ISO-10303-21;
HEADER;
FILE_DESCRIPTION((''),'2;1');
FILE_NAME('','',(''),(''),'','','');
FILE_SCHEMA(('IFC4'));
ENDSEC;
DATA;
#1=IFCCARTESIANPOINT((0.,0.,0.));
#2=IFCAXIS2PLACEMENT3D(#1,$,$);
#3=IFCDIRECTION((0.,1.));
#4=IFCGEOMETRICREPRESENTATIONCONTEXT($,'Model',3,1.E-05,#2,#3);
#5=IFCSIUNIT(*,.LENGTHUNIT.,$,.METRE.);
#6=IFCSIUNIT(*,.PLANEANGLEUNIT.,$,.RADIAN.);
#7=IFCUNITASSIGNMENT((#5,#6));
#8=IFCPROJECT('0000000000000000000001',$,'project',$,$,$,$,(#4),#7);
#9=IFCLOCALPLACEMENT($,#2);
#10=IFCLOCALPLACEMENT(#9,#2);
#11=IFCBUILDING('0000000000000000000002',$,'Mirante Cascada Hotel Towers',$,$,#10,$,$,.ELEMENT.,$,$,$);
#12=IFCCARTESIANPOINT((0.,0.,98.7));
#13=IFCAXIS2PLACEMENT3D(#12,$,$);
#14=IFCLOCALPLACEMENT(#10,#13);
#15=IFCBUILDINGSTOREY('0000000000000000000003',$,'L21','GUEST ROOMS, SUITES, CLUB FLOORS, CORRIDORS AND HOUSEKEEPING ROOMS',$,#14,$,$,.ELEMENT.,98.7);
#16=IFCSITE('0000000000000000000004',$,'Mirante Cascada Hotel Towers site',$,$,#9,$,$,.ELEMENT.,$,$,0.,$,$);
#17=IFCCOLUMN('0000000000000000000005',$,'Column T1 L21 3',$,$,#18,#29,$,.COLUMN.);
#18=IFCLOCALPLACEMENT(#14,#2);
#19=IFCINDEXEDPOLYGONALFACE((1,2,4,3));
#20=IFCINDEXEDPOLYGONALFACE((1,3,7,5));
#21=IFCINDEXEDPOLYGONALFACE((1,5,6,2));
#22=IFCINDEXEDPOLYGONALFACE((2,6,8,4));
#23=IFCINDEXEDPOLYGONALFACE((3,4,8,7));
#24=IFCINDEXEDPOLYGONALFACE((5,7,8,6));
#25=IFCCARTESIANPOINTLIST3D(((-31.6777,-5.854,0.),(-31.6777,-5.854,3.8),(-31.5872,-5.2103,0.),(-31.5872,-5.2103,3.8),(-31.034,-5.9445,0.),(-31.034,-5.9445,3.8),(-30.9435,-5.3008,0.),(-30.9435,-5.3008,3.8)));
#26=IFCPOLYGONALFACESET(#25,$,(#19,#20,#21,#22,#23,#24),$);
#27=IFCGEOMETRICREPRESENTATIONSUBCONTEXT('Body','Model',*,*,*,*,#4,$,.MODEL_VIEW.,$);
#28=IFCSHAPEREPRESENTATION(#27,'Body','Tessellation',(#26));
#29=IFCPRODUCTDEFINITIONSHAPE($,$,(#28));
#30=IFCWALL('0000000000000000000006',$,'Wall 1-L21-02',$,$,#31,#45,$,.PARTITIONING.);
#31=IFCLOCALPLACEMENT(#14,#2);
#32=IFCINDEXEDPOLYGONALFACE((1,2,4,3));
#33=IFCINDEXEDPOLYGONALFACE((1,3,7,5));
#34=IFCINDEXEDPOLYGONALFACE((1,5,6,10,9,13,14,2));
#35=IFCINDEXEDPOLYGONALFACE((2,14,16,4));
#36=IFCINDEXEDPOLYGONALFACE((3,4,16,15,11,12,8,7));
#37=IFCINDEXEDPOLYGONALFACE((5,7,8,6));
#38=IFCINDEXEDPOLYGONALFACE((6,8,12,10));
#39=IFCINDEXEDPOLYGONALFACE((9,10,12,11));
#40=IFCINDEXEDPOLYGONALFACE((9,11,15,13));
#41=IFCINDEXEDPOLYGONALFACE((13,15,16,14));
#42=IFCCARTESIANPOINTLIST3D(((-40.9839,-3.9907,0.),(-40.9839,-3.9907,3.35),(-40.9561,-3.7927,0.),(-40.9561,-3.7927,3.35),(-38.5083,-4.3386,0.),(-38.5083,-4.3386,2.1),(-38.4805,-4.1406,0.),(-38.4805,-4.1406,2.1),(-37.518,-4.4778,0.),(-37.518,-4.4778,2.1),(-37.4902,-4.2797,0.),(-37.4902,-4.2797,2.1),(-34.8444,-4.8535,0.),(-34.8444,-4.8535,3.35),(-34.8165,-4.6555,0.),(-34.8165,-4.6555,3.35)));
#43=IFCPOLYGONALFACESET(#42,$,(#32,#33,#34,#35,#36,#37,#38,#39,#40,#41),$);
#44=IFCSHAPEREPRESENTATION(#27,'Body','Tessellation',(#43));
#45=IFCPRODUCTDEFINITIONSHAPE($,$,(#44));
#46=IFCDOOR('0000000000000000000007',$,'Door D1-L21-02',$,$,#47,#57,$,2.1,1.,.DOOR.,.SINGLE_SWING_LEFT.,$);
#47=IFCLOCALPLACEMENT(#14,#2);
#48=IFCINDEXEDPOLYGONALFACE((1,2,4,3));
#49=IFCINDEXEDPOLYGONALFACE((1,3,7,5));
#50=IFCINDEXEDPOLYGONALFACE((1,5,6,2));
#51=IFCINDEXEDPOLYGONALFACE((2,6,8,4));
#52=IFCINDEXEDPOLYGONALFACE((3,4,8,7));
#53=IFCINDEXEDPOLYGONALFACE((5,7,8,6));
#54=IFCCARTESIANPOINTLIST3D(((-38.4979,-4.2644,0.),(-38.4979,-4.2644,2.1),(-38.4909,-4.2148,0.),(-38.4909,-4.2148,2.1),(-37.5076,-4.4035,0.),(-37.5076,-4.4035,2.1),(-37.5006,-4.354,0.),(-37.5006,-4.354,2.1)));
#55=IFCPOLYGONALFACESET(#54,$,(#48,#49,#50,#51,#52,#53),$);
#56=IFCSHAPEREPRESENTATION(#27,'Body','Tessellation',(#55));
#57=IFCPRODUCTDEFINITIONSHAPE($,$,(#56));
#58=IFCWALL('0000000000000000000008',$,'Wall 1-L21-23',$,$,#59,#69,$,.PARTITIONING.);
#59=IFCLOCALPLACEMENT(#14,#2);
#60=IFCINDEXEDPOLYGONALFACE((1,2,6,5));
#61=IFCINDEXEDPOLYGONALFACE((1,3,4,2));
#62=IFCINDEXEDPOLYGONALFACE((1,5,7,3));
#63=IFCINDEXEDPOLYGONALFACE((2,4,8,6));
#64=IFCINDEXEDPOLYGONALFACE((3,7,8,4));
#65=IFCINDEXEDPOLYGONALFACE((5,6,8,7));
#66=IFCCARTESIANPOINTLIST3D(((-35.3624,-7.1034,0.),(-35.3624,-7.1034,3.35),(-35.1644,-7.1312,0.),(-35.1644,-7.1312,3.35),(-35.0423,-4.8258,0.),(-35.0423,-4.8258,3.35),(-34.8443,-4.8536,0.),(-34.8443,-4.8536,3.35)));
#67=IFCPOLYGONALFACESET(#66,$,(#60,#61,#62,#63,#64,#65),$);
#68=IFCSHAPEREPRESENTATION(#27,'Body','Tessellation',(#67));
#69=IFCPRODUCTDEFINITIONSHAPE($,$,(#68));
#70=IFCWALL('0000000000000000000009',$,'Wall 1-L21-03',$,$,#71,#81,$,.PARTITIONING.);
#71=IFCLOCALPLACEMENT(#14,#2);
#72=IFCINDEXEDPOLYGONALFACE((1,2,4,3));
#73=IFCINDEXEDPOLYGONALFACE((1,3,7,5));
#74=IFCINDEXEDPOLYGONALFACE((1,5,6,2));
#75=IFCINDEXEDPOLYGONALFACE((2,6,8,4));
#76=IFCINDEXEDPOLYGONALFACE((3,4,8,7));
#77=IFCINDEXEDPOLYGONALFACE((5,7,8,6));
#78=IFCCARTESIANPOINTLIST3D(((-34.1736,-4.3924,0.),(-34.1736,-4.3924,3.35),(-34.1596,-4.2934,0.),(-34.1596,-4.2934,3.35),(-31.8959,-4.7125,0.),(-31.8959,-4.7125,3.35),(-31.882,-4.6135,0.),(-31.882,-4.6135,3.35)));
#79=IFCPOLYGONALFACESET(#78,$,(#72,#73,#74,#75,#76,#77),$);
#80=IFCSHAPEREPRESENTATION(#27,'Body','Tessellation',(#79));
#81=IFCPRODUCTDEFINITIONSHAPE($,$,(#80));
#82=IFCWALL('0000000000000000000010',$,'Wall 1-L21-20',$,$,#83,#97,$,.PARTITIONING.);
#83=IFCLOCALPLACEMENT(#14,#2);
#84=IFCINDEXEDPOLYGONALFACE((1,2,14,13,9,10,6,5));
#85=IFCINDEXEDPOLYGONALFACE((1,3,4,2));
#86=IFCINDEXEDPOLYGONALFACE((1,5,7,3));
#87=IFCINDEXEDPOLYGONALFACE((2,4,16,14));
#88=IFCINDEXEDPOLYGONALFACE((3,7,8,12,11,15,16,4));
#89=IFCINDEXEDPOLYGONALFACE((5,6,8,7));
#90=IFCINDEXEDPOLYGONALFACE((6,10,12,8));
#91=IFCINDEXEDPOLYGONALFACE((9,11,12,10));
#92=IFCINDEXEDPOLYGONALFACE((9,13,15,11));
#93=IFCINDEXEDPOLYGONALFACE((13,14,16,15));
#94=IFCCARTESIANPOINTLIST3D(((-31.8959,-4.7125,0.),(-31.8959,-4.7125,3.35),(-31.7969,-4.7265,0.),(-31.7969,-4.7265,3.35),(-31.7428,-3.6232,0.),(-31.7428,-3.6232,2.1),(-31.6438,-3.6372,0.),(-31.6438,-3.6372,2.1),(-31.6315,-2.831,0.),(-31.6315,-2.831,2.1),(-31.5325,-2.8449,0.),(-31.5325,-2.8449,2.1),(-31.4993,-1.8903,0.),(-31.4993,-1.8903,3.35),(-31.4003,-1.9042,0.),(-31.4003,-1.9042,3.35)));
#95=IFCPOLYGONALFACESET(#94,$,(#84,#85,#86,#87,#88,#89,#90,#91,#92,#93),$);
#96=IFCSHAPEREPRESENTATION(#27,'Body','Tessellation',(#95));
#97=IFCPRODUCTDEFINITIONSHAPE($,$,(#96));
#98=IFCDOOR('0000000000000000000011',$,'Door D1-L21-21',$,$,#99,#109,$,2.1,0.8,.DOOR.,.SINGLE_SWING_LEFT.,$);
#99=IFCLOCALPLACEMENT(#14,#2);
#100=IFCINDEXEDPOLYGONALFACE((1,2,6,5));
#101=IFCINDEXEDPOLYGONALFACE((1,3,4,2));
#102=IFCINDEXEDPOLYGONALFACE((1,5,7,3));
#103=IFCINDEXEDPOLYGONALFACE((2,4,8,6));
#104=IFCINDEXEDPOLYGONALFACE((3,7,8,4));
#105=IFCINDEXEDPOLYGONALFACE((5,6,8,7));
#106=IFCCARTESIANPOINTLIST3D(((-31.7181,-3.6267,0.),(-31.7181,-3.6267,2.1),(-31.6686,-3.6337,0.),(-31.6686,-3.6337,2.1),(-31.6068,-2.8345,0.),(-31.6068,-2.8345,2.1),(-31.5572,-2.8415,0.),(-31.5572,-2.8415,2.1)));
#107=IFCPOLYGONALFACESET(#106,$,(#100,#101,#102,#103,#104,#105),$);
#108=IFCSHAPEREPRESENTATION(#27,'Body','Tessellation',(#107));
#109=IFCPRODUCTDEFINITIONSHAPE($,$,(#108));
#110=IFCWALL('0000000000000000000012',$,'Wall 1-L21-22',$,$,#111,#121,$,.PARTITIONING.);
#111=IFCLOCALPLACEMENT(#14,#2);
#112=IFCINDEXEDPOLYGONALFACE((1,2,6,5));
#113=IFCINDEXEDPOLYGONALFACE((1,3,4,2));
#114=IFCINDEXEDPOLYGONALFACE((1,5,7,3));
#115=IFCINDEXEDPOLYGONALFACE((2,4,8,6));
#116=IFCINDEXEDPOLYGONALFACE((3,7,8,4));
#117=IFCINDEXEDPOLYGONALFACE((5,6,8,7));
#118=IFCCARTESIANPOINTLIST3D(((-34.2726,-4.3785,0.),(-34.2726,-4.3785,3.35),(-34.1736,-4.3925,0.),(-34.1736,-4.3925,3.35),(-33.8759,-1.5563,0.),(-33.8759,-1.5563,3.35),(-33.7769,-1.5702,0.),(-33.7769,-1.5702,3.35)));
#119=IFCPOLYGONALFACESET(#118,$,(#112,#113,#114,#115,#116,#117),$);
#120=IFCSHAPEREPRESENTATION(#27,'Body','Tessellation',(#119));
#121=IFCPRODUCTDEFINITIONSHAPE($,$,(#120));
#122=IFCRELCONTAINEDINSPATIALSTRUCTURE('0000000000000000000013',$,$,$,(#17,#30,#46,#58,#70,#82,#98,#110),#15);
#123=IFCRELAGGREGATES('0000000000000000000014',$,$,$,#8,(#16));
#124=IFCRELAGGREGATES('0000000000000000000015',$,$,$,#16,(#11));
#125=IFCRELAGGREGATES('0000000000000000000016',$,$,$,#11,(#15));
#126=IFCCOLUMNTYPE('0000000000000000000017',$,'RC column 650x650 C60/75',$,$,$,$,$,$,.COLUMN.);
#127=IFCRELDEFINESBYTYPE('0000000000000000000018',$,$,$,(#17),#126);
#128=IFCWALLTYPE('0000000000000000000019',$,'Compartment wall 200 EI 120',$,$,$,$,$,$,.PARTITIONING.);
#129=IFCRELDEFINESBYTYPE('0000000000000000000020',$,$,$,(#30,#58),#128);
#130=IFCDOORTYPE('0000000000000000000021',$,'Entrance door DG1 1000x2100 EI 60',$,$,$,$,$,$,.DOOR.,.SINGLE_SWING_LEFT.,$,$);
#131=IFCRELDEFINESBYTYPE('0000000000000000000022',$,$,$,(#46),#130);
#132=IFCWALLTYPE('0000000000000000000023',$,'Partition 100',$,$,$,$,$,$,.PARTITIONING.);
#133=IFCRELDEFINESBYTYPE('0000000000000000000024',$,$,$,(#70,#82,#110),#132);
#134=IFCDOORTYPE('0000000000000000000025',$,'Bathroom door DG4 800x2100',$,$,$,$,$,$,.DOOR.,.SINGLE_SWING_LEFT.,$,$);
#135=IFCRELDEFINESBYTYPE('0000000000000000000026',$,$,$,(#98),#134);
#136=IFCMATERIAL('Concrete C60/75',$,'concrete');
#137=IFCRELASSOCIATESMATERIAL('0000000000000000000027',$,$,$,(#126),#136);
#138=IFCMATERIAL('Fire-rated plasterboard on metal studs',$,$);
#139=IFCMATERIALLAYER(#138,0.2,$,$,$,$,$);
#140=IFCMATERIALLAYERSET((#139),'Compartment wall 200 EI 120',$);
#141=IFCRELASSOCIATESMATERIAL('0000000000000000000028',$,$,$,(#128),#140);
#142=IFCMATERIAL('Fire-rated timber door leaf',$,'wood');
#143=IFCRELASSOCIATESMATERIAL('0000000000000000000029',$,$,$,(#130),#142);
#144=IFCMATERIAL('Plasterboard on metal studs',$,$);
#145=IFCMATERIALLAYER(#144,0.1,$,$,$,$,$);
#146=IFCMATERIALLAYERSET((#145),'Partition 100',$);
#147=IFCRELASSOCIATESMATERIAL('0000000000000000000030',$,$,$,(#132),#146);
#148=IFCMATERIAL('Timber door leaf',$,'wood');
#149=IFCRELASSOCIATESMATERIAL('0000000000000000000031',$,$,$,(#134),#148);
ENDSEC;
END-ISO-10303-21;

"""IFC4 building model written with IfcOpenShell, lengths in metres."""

from ifc_helpers import new_model, si_unit, direction, frame, frame_2d, origin, origin_2d, place, context, subcontext, project, spatial, rectangle, extrude, material, layer, layer_set, material_profile, profile_set, type_object, element, fill, save


model = new_model("IFC4")

# Units and contexts
model_context = context("Model", 3, precision=1e-05, world=origin(), true_north=direction((0.0, 1.0)))
body_context = subcontext(model_context, "Body", "Model", "MODEL_VIEW")
ifc_project = project(units=[si_unit("LENGTHUNIT", "METRE"), si_unit("PLANEANGLEUNIT", "RADIAN")], contexts=[model_context])

# Site, building, storey
site_placement = place(None, origin())
site = spatial("IfcSite", under=ifc_project, at=site_placement, Name="Mirante Cascada Hotel Towers site", CompositionType="ELEMENT", RefElevation=0.0)
building_placement = place(site_placement, origin())
building = spatial("IfcBuilding", under=site, at=building_placement, Name="Mirante Cascada Hotel Towers", CompositionType="ELEMENT")
storey_placement = place(building_placement, frame((0.0, 0.0, 98.7)))
storey = spatial("IfcBuildingStorey", under=building, at=storey_placement, Name="L21", Description="GUEST ROOMS, SUITES, CLUB FLOORS, CORRIDORS AND HOUSEKEEPING ROOMS", CompositionType="ELEMENT", Elevation=98.7)

# Column
ifc_material_1 = material(Name="Concrete C60/75", Category="concrete")
ifc_material_profile = material_profile(ifc_material_1, rectangle(XDim=0.65, YDim=0.65, at=origin_2d()), Name="RC column 650x650 C60/75")
ifc_profile_set = profile_set([ifc_material_profile], Name="Concrete C60/75")
column_type = type_object("IfcColumnType", Name="RC column 650x650 C60/75", PredefinedType="COLUMN", material=ifc_profile_set)
column_placement = place(storey_placement, frame((-31.3106, -5.5774, 0.0), z_axis=(0.0, 0.0, 1.0), x_axis=(-0.990268, 0.139173, 0.0)))
element("IfcColumn", 1, at=column_placement, inside=storey, type_object=column_type, Name="Column T1 L21 3", PredefinedType="COLUMN", context=body_context, shape_type="SweptSolid", body=[
    extrude(rectangle(XDim=0.65, YDim=0.65, at=origin_2d()), origin(), (0.0, 0.0, 1.0), 3.8),
])

# Wall, opening, door
ifc_material_2 = material(Name="Fire-rated plasterboard on metal studs")
ifc_layer_1 = layer(ifc_material_2, 0.2)
ifc_layer_set_1 = layer_set([ifc_layer_1], Name="Compartment wall 200 EI 120")
wall_type_1 = type_object("IfcWallType", Name="Compartment wall 200 EI 120", PredefinedType="PARTITIONING", material=ifc_layer_set_1)
wall_1_placement = place(storey_placement, frame((-34.8304, -4.7545, 0.0), z_axis=(0.0, 0.0, 1.0), x_axis=(-0.99027, 0.139163, 0.0)))
wall_1 = element("IfcWall", 2, at=wall_1_placement, inside=storey, type_object=wall_type_1, Name="Wall 1-L21-02", PredefinedType="PARTITIONING", context=body_context, shape_type="SweptSolid", body=[
    extrude(rectangle(XDim=6.1999, YDim=0.2, at=frame_2d((3.1, 0.0))), origin(), (0.0, 0.0, 1.0), 3.35),
])
opening_1_placement = place(wall_1_placement, frame((2.7, 0.0, 0.0)))
opening_1 = element("IfcOpeningElement", 3, at=opening_1_placement, cuts=wall_1, PredefinedType="OPENING", context=body_context, shape_type="SweptSolid", body=[
    extrude(rectangle(XDim=1.0, YDim=2.1, at=frame_2d((0.5, 1.05))), frame((0.0, 0.1, 0.0), z_axis=(0.0, -1.0, 0.0), x_axis=(1.0, 0.0, 0.0)), (0.0, 0.0, 1.0), 0.2),
])
ifc_material_3 = material(Name="Fire-rated timber door leaf", Category="wood")
door_type_1 = type_object("IfcDoorType", Name="Entrance door DG1 1000x2100 EI 60", OperationType="SINGLE_SWING_LEFT", PredefinedType="DOOR", material=ifc_material_3)
door_1_placement = place(opening_1_placement, origin())
door_1 = element("IfcDoor", 4, at=door_1_placement, inside=storey, type_object=door_type_1, Name="Door D1-L21-02", OperationType="SINGLE_SWING_LEFT", OverallHeight=2.1, OverallWidth=1.0, PredefinedType="DOOR", context=body_context, shape_type="SweptSolid", body=[
    extrude(rectangle(XDim=1.0, YDim=2.1, at=frame_2d((0.5, 1.05))), frame((0.0, 0.025, 0.0), z_axis=(0.0, -1.0, 0.0), x_axis=(1.0, 0.0, 0.0)), (0.0, 0.0, 1.0), 0.05),
])
fill(opening_1, door_1)

# Walls
wall_2_placement = place(storey_placement, frame((-34.9433, -4.8397, 0.0), z_axis=(0.0, 0.0, 1.0), x_axis=(-0.139175, -0.990268, 0.0)))
element("IfcWall", 5, at=wall_2_placement, inside=storey, type_object=wall_type_1, Name="Wall 1-L21-23", PredefinedType="PARTITIONING", context=body_context, shape_type="SweptSolid", body=[
    extrude(rectangle(XDim=2.3, YDim=0.2, at=frame_2d((1.15, 0.0))), origin(), (0.0, 0.0, 1.0), 3.35),
])
ifc_material_4 = material(Name="Plasterboard on metal studs")
ifc_layer_2 = layer(ifc_material_4, 0.1)
ifc_layer_set_2 = layer_set([ifc_layer_2], Name="Partition 100")
wall_type_2 = type_object("IfcWallType", Name="Partition 100", PredefinedType="PARTITIONING", material=ifc_layer_set_2)
wall_3_placement = place(storey_placement, frame((-34.1666, -4.3429, 0.0), z_axis=(0.0, 0.0, 1.0), x_axis=(0.990268, -0.139175, 0.0)))
element("IfcWall", 6, at=wall_3_placement, inside=storey, type_object=wall_type_2, Name="Wall 1-L21-03", PredefinedType="PARTITIONING", context=body_context, shape_type="SweptSolid", body=[
    extrude(rectangle(XDim=2.3, YDim=0.1, at=frame_2d((1.15, 0.0))), origin(), (0.0, 0.0, 1.0), 3.35),
])

# Wall, opening, door
wall_4_placement = place(storey_placement, frame((-31.8464, -4.7195, 0.0), z_axis=(0.0, 0.0, 1.0), x_axis=(0.139156, 0.99027, 0.0)))
wall_4 = element("IfcWall", 7, at=wall_4_placement, inside=storey, type_object=wall_type_2, Name="Wall 1-L21-20", PredefinedType="PARTITIONING", context=body_context, shape_type="SweptSolid", body=[
    extrude(rectangle(XDim=2.85, YDim=0.1, at=frame_2d((1.425, 0.0))), origin(), (0.0, 0.0, 1.0), 3.35),
])
opening_2_placement = place(wall_4_placement, frame((1.1, 0.0, 0.0)))
opening_2 = element("IfcOpeningElement", 8, at=opening_2_placement, cuts=wall_4, PredefinedType="OPENING", context=body_context, shape_type="SweptSolid", body=[
    extrude(rectangle(XDim=0.8, YDim=2.1, at=frame_2d((0.4, 1.05))), frame((0.0, 0.05, 0.0), z_axis=(0.0, -1.0, 0.0), x_axis=(1.0, 0.0, 0.0)), (0.0, 0.0, 1.0), 0.1),
])
ifc_material_5 = material(Name="Timber door leaf", Category="wood")
door_type_2 = type_object("IfcDoorType", Name="Bathroom door DG4 800x2100", OperationType="SINGLE_SWING_LEFT", PredefinedType="DOOR", material=ifc_material_5)
door_2_placement = place(opening_2_placement, origin())
door_2 = element("IfcDoor", 9, at=door_2_placement, inside=storey, type_object=door_type_2, Name="Door D1-L21-21", OperationType="SINGLE_SWING_LEFT", OverallHeight=2.1, OverallWidth=0.8, PredefinedType="DOOR", context=body_context, shape_type="SweptSolid", body=[
    extrude(rectangle(XDim=0.8, YDim=2.1, at=frame_2d((0.4, 1.05))), frame((0.0, 0.025, 0.0), z_axis=(0.0, -1.0, 0.0), x_axis=(1.0, 0.0, 0.0)), (0.0, 0.0, 1.0), 0.05),
])
fill(opening_2, door_2)

# Wall
wall_5_placement = place(storey_placement, frame((-34.2231, -4.3855, 0.0), z_axis=(0.0, 0.0, 1.0), x_axis=(0.139191, 0.990266, 0.0)))
element("IfcWall", 10, at=wall_5_placement, inside=storey, type_object=wall_type_2, Name="Wall 1-L21-22", PredefinedType="PARTITIONING", context=body_context, shape_type="SweptSolid", body=[
    extrude(rectangle(XDim=2.85, YDim=0.1, at=frame_2d((1.425, 0.0))), origin(), (0.0, 0.0, 1.0), 3.35),
])

save(model, "model.ifc")
